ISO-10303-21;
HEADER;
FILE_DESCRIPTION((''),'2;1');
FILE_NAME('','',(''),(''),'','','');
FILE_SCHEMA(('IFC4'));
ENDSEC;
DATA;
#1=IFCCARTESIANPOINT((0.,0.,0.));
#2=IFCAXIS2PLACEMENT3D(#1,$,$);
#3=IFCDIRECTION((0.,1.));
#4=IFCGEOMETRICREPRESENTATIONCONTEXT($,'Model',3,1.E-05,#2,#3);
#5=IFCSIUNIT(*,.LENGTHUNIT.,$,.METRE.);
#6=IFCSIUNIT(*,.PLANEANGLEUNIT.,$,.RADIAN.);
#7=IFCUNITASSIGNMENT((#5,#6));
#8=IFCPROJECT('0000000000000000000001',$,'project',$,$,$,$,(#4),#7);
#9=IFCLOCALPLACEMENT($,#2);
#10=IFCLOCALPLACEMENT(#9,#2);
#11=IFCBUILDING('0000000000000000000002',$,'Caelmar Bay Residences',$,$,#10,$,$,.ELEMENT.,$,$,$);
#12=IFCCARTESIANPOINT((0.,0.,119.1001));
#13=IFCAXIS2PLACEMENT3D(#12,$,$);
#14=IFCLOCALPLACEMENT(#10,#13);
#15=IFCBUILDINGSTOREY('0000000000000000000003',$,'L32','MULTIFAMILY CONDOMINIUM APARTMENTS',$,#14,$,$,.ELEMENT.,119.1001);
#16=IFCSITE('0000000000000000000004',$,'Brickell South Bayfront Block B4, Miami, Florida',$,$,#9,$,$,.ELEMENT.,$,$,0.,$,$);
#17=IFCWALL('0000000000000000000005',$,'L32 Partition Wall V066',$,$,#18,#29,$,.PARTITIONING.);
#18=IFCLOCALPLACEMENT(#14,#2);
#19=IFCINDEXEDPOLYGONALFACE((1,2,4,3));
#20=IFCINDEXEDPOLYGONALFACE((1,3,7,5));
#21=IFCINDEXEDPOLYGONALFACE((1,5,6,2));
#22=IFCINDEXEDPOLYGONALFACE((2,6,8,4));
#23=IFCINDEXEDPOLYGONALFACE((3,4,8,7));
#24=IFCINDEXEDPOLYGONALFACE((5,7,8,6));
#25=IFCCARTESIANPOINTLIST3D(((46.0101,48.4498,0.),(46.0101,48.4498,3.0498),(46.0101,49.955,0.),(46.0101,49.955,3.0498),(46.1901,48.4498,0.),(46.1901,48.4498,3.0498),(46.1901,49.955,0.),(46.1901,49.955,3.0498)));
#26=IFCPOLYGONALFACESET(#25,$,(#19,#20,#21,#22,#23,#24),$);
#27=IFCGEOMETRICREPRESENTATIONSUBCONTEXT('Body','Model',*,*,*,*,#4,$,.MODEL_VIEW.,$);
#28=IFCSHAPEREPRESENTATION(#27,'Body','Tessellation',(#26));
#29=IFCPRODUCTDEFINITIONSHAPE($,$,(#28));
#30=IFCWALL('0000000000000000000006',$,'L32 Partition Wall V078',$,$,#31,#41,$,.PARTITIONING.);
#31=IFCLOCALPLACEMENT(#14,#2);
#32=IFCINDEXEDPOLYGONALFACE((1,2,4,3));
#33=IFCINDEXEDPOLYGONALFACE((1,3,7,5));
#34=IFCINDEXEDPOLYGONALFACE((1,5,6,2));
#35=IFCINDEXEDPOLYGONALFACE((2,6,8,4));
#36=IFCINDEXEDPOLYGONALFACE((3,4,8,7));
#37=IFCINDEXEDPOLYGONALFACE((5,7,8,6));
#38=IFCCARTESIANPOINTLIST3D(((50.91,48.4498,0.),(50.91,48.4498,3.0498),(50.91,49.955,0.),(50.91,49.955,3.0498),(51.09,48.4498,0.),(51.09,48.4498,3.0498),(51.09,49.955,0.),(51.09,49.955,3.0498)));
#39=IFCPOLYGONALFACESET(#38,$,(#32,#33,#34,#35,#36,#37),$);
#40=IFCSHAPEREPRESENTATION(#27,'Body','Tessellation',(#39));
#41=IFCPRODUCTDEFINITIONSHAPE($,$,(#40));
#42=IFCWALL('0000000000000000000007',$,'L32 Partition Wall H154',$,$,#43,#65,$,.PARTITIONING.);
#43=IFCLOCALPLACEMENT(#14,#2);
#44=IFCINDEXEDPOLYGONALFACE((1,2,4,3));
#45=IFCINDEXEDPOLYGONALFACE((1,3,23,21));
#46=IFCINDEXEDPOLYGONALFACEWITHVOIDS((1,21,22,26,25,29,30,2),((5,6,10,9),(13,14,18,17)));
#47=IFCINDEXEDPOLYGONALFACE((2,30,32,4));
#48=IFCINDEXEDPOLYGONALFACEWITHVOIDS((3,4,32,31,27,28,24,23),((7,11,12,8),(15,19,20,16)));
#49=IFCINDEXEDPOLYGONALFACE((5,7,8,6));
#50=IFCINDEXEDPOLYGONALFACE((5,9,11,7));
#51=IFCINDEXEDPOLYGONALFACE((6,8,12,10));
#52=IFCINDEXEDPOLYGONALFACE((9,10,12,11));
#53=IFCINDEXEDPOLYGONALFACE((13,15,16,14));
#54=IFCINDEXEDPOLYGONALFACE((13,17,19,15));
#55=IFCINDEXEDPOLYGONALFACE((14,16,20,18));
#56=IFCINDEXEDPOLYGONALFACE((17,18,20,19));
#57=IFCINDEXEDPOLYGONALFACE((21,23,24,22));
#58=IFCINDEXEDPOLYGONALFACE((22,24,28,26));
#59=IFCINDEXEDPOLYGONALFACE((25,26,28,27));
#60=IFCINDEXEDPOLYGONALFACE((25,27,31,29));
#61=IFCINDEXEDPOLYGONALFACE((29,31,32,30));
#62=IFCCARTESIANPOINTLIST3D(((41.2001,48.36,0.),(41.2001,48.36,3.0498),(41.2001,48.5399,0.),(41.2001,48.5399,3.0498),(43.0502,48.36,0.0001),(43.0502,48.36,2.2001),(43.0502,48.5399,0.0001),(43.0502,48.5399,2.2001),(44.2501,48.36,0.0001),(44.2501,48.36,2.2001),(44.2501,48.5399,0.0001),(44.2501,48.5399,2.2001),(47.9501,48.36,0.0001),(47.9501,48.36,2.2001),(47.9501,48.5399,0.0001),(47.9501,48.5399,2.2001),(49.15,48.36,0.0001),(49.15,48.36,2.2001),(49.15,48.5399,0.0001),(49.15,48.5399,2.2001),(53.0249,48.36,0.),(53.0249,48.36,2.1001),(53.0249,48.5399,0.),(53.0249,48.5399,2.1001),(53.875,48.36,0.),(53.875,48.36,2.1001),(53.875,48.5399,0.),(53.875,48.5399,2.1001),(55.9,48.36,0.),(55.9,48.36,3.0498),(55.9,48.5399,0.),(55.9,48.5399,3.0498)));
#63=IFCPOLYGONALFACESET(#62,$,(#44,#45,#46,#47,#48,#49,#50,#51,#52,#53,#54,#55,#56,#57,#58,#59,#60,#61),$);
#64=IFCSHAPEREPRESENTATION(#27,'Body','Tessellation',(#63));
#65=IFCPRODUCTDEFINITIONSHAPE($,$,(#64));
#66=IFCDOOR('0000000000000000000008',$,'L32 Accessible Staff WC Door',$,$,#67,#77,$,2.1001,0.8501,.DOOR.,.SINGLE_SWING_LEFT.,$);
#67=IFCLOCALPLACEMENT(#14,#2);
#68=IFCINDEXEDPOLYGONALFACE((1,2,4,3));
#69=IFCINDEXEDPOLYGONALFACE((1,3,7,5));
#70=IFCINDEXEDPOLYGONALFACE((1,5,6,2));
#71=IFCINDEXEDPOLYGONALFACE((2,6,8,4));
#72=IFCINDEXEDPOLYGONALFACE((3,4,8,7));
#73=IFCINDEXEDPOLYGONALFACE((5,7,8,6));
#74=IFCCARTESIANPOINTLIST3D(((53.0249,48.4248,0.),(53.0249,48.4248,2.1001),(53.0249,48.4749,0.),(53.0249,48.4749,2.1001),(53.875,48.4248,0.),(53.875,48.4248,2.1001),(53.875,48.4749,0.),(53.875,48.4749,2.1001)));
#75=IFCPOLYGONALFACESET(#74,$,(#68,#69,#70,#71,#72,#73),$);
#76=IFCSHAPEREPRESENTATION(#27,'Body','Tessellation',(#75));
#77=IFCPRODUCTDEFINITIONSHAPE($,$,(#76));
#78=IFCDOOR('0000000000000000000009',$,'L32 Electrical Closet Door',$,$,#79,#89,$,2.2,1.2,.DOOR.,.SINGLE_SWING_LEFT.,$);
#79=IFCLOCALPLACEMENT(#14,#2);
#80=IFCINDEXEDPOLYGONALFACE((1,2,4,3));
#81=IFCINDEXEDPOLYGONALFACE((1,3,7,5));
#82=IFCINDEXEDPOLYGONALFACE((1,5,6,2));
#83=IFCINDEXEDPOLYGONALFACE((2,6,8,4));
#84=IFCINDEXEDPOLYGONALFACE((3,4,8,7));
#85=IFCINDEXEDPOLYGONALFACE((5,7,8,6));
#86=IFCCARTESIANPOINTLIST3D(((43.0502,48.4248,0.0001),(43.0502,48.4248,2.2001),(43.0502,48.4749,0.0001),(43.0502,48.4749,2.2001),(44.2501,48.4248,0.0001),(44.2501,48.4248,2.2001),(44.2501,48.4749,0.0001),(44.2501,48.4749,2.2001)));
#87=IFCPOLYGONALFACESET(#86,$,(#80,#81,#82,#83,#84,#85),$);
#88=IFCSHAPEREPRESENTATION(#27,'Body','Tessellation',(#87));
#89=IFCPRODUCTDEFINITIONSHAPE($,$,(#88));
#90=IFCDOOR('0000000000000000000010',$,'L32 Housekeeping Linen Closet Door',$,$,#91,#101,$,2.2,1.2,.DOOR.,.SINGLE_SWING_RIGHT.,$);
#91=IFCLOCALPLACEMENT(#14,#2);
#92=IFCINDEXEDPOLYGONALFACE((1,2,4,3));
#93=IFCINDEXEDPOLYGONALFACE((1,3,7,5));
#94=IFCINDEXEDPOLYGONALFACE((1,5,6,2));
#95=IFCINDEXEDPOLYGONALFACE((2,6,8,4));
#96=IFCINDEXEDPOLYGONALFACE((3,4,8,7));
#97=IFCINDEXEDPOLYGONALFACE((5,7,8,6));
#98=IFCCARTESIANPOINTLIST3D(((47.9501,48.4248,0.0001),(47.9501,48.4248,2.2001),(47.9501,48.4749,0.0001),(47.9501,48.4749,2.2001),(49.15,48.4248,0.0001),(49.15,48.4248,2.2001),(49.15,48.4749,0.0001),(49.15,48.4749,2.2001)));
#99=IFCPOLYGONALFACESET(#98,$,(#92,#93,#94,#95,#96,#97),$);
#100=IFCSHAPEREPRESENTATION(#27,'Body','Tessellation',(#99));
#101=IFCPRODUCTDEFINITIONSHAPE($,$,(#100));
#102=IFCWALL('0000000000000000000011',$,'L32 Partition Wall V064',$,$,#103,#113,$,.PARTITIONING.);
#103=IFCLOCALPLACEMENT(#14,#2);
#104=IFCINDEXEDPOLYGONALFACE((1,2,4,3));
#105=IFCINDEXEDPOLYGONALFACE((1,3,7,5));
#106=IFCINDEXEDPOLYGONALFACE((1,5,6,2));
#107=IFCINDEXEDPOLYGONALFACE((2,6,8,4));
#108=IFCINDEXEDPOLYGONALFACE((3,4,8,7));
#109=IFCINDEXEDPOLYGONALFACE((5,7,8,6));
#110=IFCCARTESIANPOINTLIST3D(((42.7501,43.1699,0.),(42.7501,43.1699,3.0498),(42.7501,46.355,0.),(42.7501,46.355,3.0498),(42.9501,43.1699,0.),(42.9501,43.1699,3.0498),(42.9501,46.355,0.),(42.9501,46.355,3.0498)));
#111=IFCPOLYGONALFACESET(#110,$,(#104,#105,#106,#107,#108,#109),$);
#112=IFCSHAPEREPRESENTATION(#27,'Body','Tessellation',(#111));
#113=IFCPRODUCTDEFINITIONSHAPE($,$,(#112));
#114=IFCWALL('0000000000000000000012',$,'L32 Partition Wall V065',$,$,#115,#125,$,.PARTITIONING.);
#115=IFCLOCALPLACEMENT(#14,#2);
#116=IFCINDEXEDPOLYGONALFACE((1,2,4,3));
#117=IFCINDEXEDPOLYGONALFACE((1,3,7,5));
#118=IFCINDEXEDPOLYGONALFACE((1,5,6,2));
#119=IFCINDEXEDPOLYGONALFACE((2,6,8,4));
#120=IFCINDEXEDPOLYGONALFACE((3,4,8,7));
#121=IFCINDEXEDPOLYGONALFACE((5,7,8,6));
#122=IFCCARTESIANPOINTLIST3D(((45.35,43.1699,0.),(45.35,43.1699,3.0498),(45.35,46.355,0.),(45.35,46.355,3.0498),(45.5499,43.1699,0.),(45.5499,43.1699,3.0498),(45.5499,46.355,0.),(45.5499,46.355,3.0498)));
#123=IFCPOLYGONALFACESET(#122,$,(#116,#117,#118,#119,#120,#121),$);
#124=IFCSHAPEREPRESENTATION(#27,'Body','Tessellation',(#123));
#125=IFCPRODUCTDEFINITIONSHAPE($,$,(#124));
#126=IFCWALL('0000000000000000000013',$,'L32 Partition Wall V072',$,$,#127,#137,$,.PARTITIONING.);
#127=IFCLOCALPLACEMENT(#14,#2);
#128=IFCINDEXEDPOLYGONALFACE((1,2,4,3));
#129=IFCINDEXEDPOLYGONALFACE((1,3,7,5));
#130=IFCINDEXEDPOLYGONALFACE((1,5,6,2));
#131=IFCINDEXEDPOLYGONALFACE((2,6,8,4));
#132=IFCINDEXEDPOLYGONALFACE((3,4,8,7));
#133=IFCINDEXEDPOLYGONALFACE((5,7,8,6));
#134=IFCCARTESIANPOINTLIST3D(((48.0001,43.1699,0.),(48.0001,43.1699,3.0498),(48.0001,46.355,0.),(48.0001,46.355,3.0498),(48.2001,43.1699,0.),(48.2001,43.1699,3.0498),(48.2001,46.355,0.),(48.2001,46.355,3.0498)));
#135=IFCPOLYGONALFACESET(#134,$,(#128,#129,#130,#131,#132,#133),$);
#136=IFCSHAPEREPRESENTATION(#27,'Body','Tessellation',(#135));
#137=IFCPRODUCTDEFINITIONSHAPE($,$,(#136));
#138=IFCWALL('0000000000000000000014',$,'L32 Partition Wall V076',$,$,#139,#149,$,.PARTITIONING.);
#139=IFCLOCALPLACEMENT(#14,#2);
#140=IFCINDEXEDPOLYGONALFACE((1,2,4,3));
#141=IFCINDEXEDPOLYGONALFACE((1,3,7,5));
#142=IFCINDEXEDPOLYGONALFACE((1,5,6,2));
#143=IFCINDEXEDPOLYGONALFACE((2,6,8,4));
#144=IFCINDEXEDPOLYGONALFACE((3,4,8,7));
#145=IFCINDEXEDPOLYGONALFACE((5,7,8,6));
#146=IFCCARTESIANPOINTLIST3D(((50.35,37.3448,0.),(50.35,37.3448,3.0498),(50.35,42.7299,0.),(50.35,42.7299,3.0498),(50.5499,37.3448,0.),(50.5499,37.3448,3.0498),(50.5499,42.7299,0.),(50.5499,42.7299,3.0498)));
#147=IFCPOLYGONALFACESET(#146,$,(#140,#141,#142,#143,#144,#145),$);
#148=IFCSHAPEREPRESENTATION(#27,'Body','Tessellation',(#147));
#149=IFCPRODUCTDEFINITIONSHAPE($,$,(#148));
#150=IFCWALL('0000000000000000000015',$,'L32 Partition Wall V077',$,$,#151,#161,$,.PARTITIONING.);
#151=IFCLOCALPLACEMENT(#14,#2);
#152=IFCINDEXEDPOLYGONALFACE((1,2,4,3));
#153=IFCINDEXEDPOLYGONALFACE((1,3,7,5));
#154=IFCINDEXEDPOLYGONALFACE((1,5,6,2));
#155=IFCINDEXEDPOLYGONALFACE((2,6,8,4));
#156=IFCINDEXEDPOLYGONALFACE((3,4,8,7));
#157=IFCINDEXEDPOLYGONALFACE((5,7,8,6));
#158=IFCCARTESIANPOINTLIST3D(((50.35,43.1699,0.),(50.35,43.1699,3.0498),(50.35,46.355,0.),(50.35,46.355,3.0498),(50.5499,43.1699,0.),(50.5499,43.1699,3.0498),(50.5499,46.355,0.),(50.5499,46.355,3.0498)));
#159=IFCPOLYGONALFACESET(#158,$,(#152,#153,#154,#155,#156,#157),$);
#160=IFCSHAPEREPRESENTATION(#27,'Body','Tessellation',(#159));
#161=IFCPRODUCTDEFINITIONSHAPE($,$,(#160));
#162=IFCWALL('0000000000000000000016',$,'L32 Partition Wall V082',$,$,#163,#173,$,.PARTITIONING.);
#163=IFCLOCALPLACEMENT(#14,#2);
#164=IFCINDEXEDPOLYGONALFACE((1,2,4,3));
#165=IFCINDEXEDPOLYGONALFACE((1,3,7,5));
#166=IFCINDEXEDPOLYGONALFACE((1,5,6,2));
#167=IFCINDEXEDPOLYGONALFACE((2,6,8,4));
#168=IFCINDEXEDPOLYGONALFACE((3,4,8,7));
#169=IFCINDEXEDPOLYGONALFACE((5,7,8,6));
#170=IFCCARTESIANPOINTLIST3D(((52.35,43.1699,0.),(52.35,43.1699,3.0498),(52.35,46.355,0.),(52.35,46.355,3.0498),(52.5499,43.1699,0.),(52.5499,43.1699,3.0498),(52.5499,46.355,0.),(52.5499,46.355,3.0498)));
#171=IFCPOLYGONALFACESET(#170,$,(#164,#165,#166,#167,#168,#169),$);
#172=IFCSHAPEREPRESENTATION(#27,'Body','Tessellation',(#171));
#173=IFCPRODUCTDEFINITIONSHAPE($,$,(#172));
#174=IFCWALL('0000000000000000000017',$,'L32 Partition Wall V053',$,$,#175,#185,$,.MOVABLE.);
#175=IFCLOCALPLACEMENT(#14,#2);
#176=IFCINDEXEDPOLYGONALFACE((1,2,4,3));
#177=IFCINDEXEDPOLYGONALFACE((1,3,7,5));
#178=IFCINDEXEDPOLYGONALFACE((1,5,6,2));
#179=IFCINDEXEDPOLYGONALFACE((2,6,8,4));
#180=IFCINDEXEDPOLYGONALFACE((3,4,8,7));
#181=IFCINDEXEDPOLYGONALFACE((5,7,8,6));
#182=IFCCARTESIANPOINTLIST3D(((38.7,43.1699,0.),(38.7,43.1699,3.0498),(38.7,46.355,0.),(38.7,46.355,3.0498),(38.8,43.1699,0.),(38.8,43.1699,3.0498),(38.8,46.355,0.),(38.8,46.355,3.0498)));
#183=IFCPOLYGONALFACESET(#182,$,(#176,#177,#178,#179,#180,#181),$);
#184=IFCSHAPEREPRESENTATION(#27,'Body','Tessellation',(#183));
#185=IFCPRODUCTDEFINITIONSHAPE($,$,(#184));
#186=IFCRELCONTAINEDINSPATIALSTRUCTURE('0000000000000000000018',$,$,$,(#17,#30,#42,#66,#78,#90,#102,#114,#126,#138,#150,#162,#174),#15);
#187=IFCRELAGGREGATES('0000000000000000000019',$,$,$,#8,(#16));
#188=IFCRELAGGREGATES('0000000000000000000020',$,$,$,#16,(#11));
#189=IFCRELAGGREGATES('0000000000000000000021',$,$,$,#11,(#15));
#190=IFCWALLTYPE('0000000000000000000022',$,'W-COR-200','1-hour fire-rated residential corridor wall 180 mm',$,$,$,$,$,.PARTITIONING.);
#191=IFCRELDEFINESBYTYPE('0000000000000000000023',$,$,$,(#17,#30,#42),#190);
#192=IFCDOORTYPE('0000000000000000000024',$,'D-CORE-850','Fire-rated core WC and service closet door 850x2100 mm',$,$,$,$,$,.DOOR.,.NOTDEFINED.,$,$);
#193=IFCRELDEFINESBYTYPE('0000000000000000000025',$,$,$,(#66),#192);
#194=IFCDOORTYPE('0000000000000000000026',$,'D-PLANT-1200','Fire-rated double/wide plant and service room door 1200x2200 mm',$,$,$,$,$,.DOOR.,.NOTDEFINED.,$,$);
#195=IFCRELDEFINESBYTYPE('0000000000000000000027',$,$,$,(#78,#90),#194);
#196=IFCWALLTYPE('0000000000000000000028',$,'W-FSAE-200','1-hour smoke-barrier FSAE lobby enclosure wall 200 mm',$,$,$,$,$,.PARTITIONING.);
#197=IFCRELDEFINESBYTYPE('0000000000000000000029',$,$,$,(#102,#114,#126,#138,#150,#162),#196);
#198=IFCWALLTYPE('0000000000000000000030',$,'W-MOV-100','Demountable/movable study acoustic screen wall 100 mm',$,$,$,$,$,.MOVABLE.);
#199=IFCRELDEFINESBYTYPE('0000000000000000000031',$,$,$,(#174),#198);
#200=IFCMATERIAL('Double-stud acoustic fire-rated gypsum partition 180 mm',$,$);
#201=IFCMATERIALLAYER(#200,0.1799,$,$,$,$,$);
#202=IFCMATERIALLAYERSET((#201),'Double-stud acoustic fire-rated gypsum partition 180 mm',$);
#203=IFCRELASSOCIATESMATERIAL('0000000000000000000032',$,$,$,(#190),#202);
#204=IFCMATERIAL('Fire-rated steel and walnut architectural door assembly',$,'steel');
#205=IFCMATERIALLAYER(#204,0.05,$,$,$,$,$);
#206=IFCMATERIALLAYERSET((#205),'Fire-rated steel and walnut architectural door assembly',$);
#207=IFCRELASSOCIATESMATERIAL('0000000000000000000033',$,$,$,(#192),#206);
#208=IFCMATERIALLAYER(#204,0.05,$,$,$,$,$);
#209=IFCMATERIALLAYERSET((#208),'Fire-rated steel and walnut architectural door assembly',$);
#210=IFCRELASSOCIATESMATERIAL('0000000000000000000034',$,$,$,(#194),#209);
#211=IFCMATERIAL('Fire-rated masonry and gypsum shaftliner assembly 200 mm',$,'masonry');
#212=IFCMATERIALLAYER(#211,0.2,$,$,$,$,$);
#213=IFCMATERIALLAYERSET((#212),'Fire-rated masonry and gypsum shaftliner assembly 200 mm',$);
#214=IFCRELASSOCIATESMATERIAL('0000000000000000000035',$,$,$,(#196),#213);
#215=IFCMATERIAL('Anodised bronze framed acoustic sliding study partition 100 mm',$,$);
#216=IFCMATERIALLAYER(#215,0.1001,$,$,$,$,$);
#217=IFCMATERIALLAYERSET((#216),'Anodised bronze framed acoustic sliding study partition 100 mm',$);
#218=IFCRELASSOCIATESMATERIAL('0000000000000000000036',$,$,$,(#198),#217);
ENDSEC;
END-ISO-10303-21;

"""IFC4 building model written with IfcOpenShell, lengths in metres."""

from ifc_helpers import new_model, si_unit, direction, frame, frame_2d, origin, place, context, subcontext, project, spatial, rectangle, extrude, material, layer, layer_set, type_object, element, fill, save


model = new_model("IFC4")

# Units and contexts
model_context = context("Model", 3, precision=1e-05, world=origin(), true_north=direction((0.0, 1.0)))
body_context = subcontext(model_context, "Body", "Model", "MODEL_VIEW")
ifc_project = project(units=[si_unit("LENGTHUNIT", "METRE"), si_unit("PLANEANGLEUNIT", "RADIAN")], contexts=[model_context])

# Site, building, storey
site_placement = place(None, origin())
site = spatial("IfcSite", under=ifc_project, at=site_placement, Name="Brickell South Bayfront Block B4, Miami, Florida", CompositionType="ELEMENT", RefElevation=0.0)
building_placement = place(site_placement, origin())
building = spatial("IfcBuilding", under=site, at=building_placement, Name="Caelmar Bay Residences", CompositionType="ELEMENT")
storey_placement = place(building_placement, frame((0.0, 0.0, 119.1001)))
storey = spatial("IfcBuildingStorey", under=building, at=storey_placement, Name="L32", Description="MULTIFAMILY CONDOMINIUM APARTMENTS", CompositionType="ELEMENT", Elevation=119.1001)

# Shared definitions
ifc_material_1 = material(Name="Double-stud acoustic fire-rated gypsum partition 180 mm")
ifc_layer_1 = layer(ifc_material_1, 0.1799)
ifc_layer_set_1 = layer_set([ifc_layer_1], Name="Double-stud acoustic fire-rated gypsum partition 180 mm")
wall_type_1 = type_object("IfcWallType", Name="W-COR-200", Description="1-hour fire-rated residential corridor wall 180 mm", PredefinedType="PARTITIONING", material=ifc_layer_set_1)
ifc_material_2 = material(Name="Fire-rated steel and walnut architectural door assembly", Category="steel")

# Walls
for number, where, z_axis, x_axis, name in (
    (1, (46.1001, 48.45, 0.0), (0.0, 0.0, 1.0), (0.0, 1.0, 0.0), "L32 Partition Wall V066"),
    (2, (51.0, 48.45, 0.0), (0.0, 0.0, 1.0), (0.0, 1.0, 0.0), "L32 Partition Wall V078"),
):
    element("IfcWall", number, at=place(storey_placement, frame(where, z_axis=z_axis, x_axis=x_axis)), inside=storey, type_object=wall_type_1, Name=name, PredefinedType="PARTITIONING", context=body_context, shape_type="SweptSolid", body=[
        extrude(rectangle(XDim=1.5051, YDim=0.1799, at=frame_2d((0.7524, 0.0))), origin(), (0.0, 0.0, 1.0), 3.0498),
    ])

# Wall, openings, doors
wall_1_placement = place(storey_placement, frame((41.2, 48.45, 0.0), z_axis=(0.0, 0.0, 1.0), x_axis=(1.0, 0.0, 0.0)))
wall_1 = element("IfcWall", 3, at=wall_1_placement, inside=storey, type_object=wall_type_1, Name="L32 Partition Wall H154", PredefinedType="PARTITIONING", context=body_context, shape_type="SweptSolid", body=[
    extrude(rectangle(XDim=14.7, YDim=0.1799, at=frame_2d((7.3501, 0.0))), origin(), (0.0, 0.0, 1.0), 3.0498),
])
opening_1_placement = place(wall_1_placement, frame((1.8501, 0.0, 0.0)))
opening_1 = element("IfcOpeningElement", 4, at=opening_1_placement, cuts=wall_1, PredefinedType="OPENING", context=body_context, shape_type="SweptSolid", body=[
    extrude(rectangle(XDim=1.2, YDim=2.2, at=frame_2d((0.6001, 1.1001))), frame((0.0, 0.0999, 0.0), z_axis=(0.0, -1.0, 0.0), x_axis=(1.0, 0.0, 0.0)), (0.0, 0.0, 1.0), 0.2),
])
opening_2_placement = place(wall_1_placement, frame((6.75, 0.0, 0.0)))
opening_2 = element("IfcOpeningElement", 5, at=opening_2_placement, cuts=wall_1, PredefinedType="OPENING", context=body_context, shape_type="SweptSolid", body=[
    extrude(rectangle(XDim=1.2, YDim=2.2, at=frame_2d((0.6001, 1.1001))), frame((0.0, 0.0999, 0.0), z_axis=(0.0, -1.0, 0.0), x_axis=(1.0, 0.0, 0.0)), (0.0, 0.0, 1.0), 0.2),
])
opening_3_placement = place(wall_1_placement, frame((11.825, 0.0, 0.0)))
opening_3 = element("IfcOpeningElement", 6, at=opening_3_placement, cuts=wall_1, PredefinedType="OPENING", context=body_context, shape_type="SweptSolid", body=[
    extrude(rectangle(XDim=0.8501, YDim=2.1001, at=frame_2d((0.425, 1.05))), frame((0.0, 0.0999, 0.0), z_axis=(0.0, -1.0, 0.0), x_axis=(1.0, 0.0, 0.0)), (0.0, 0.0, 1.0), 0.2),
])
ifc_layer_2 = layer(ifc_material_2, 0.05)
ifc_layer_set_2 = layer_set([ifc_layer_2], Name="Fire-rated steel and walnut architectural door assembly")
door_type_1 = type_object("IfcDoorType", Name="D-CORE-850", Description="Fire-rated core WC and service closet door 850x2100 mm", OperationType="NOTDEFINED", PredefinedType="DOOR", material=ifc_layer_set_2)
door_1_placement = place(opening_3_placement, origin())
door_1 = element("IfcDoor", 7, at=door_1_placement, inside=storey, type_object=door_type_1, Name="L32 Accessible Staff WC Door", OperationType="SINGLE_SWING_LEFT", OverallHeight=2.1001, OverallWidth=0.8501, PredefinedType="DOOR", context=body_context, shape_type="SweptSolid", body=[
    extrude(rectangle(XDim=0.8501, YDim=2.1001, at=frame_2d((0.425, 1.05))), frame((0.0, 0.0249, 0.0), z_axis=(0.0, -1.0, 0.0), x_axis=(1.0, 0.0, 0.0)), (0.0, 0.0, 1.0), 0.05),
])
fill(opening_3, door_1)
ifc_layer_3 = layer(ifc_material_2, 0.05)
ifc_layer_set_3 = layer_set([ifc_layer_3], Name="Fire-rated steel and walnut architectural door assembly")
door_type_2 = type_object("IfcDoorType", Name="D-PLANT-1200", Description="Fire-rated double/wide plant and service room door 1200x2200 mm", OperationType="NOTDEFINED", PredefinedType="DOOR", material=ifc_layer_set_3)
door_2_placement = place(opening_1_placement, origin())
door_2 = element("IfcDoor", 8, at=door_2_placement, inside=storey, type_object=door_type_2, Name="L32 Electrical Closet Door", OperationType="SINGLE_SWING_LEFT", OverallHeight=2.2, OverallWidth=1.2, PredefinedType="DOOR", context=body_context, shape_type="SweptSolid", body=[
    extrude(rectangle(XDim=1.2, YDim=2.2, at=frame_2d((0.6001, 1.1001))), frame((0.0, 0.0249, 0.0), z_axis=(0.0, -1.0, 0.0), x_axis=(1.0, 0.0, 0.0)), (0.0, 0.0, 1.0), 0.05),
])
fill(opening_1, door_2)
door_3_placement = place(opening_2_placement, origin())
door_3 = element("IfcDoor", 9, at=door_3_placement, inside=storey, type_object=door_type_2, Name="L32 Housekeeping Linen Closet Door", OperationType="SINGLE_SWING_RIGHT", OverallHeight=2.2, OverallWidth=1.2, PredefinedType="DOOR", context=body_context, shape_type="SweptSolid", body=[
    extrude(rectangle(XDim=1.2, YDim=2.2, at=frame_2d((0.6001, 1.1001))), frame((0.0, 0.0249, 0.0), z_axis=(0.0, -1.0, 0.0), x_axis=(1.0, 0.0, 0.0)), (0.0, 0.0, 1.0), 0.05),
])
fill(opening_2, door_3)

# Walls
ifc_material_3 = material(Name="Fire-rated masonry and gypsum shaftliner assembly 200 mm", Category="masonry")
ifc_layer_4 = layer(ifc_material_3, 0.2)
ifc_layer_set_4 = layer_set([ifc_layer_4], Name="Fire-rated masonry and gypsum shaftliner assembly 200 mm")
wall_type_2 = type_object("IfcWallType", Name="W-FSAE-200", Description="1-hour smoke-barrier FSAE lobby enclosure wall 200 mm", PredefinedType="PARTITIONING", material=ifc_layer_set_4)
for number, where, z_axis, x_axis, name in (
    (10, (42.8501, 43.1699, 0.0), (0.0, 0.0, 1.0), (0.0, 1.0, 0.0), "L32 Partition Wall V064"),
    (11, (45.45, 43.1699, 0.0), (0.0, 0.0, 1.0), (0.0, 1.0, 0.0), "L32 Partition Wall V065"),
    (12, (48.1001, 43.1699, 0.0), (0.0, 0.0, 1.0), (0.0, 1.0, 0.0), "L32 Partition Wall V072"),
):
    element("IfcWall", number, at=place(storey_placement, frame(where, z_axis=z_axis, x_axis=x_axis)), inside=storey, type_object=wall_type_2, Name=name, PredefinedType="PARTITIONING", context=body_context, shape_type="SweptSolid", body=[
        extrude(rectangle(XDim=3.1851, YDim=0.2, at=frame_2d((1.5925, 0.0))), origin(), (0.0, 0.0, 1.0), 3.0498),
    ])
wall_2_placement = place(storey_placement, frame((50.45, 37.345, 0.0), z_axis=(0.0, 0.0, 1.0), x_axis=(0.0, 1.0, 0.0)))
element("IfcWall", 13, at=wall_2_placement, inside=storey, type_object=wall_type_2, Name="L32 Partition Wall V076", PredefinedType="PARTITIONING", context=body_context, shape_type="SweptSolid", body=[
    extrude(rectangle(XDim=5.385, YDim=0.2, at=frame_2d((2.6924, 0.0))), origin(), (0.0, 0.0, 1.0), 3.0498),
])
for number, where, z_axis, x_axis, name in (
    (14, (50.45, 43.1699, 0.0), (0.0, 0.0, 1.0), (0.0, 1.0, 0.0), "L32 Partition Wall V077"),
    (15, (52.45, 43.1699, 0.0), (0.0, 0.0, 1.0), (0.0, 1.0, 0.0), "L32 Partition Wall V082"),
):
    element("IfcWall", number, at=place(storey_placement, frame(where, z_axis=z_axis, x_axis=x_axis)), inside=storey, type_object=wall_type_2, Name=name, PredefinedType="PARTITIONING", context=body_context, shape_type="SweptSolid", body=[
        extrude(rectangle(XDim=3.1851, YDim=0.2, at=frame_2d((1.5925, 0.0))), origin(), (0.0, 0.0, 1.0), 3.0498),
    ])
ifc_material_4 = material(Name="Anodised bronze framed acoustic sliding study partition 100 mm")
ifc_layer_5 = layer(ifc_material_4, 0.1001)
ifc_layer_set_5 = layer_set([ifc_layer_5], Name="Anodised bronze framed acoustic sliding study partition 100 mm")
wall_type_3 = type_object("IfcWallType", Name="W-MOV-100", Description="Demountable/movable study acoustic screen wall 100 mm", PredefinedType="MOVABLE", material=ifc_layer_set_5)
wall_3_placement = place(storey_placement, frame((38.75, 43.1699, 0.0), z_axis=(0.0, 0.0, 1.0), x_axis=(0.0, 1.0, 0.0)))
element("IfcWall", 16, at=wall_3_placement, inside=storey, type_object=wall_type_3, Name="L32 Partition Wall V053", PredefinedType="MOVABLE", context=body_context, shape_type="SweptSolid", body=[
    extrude(rectangle(XDim=3.1851, YDim=0.1001, at=frame_2d((1.5925, 0.0))), origin(), (0.0, 0.0, 1.0), 3.0498),
])

save(model, "model.ifc")
